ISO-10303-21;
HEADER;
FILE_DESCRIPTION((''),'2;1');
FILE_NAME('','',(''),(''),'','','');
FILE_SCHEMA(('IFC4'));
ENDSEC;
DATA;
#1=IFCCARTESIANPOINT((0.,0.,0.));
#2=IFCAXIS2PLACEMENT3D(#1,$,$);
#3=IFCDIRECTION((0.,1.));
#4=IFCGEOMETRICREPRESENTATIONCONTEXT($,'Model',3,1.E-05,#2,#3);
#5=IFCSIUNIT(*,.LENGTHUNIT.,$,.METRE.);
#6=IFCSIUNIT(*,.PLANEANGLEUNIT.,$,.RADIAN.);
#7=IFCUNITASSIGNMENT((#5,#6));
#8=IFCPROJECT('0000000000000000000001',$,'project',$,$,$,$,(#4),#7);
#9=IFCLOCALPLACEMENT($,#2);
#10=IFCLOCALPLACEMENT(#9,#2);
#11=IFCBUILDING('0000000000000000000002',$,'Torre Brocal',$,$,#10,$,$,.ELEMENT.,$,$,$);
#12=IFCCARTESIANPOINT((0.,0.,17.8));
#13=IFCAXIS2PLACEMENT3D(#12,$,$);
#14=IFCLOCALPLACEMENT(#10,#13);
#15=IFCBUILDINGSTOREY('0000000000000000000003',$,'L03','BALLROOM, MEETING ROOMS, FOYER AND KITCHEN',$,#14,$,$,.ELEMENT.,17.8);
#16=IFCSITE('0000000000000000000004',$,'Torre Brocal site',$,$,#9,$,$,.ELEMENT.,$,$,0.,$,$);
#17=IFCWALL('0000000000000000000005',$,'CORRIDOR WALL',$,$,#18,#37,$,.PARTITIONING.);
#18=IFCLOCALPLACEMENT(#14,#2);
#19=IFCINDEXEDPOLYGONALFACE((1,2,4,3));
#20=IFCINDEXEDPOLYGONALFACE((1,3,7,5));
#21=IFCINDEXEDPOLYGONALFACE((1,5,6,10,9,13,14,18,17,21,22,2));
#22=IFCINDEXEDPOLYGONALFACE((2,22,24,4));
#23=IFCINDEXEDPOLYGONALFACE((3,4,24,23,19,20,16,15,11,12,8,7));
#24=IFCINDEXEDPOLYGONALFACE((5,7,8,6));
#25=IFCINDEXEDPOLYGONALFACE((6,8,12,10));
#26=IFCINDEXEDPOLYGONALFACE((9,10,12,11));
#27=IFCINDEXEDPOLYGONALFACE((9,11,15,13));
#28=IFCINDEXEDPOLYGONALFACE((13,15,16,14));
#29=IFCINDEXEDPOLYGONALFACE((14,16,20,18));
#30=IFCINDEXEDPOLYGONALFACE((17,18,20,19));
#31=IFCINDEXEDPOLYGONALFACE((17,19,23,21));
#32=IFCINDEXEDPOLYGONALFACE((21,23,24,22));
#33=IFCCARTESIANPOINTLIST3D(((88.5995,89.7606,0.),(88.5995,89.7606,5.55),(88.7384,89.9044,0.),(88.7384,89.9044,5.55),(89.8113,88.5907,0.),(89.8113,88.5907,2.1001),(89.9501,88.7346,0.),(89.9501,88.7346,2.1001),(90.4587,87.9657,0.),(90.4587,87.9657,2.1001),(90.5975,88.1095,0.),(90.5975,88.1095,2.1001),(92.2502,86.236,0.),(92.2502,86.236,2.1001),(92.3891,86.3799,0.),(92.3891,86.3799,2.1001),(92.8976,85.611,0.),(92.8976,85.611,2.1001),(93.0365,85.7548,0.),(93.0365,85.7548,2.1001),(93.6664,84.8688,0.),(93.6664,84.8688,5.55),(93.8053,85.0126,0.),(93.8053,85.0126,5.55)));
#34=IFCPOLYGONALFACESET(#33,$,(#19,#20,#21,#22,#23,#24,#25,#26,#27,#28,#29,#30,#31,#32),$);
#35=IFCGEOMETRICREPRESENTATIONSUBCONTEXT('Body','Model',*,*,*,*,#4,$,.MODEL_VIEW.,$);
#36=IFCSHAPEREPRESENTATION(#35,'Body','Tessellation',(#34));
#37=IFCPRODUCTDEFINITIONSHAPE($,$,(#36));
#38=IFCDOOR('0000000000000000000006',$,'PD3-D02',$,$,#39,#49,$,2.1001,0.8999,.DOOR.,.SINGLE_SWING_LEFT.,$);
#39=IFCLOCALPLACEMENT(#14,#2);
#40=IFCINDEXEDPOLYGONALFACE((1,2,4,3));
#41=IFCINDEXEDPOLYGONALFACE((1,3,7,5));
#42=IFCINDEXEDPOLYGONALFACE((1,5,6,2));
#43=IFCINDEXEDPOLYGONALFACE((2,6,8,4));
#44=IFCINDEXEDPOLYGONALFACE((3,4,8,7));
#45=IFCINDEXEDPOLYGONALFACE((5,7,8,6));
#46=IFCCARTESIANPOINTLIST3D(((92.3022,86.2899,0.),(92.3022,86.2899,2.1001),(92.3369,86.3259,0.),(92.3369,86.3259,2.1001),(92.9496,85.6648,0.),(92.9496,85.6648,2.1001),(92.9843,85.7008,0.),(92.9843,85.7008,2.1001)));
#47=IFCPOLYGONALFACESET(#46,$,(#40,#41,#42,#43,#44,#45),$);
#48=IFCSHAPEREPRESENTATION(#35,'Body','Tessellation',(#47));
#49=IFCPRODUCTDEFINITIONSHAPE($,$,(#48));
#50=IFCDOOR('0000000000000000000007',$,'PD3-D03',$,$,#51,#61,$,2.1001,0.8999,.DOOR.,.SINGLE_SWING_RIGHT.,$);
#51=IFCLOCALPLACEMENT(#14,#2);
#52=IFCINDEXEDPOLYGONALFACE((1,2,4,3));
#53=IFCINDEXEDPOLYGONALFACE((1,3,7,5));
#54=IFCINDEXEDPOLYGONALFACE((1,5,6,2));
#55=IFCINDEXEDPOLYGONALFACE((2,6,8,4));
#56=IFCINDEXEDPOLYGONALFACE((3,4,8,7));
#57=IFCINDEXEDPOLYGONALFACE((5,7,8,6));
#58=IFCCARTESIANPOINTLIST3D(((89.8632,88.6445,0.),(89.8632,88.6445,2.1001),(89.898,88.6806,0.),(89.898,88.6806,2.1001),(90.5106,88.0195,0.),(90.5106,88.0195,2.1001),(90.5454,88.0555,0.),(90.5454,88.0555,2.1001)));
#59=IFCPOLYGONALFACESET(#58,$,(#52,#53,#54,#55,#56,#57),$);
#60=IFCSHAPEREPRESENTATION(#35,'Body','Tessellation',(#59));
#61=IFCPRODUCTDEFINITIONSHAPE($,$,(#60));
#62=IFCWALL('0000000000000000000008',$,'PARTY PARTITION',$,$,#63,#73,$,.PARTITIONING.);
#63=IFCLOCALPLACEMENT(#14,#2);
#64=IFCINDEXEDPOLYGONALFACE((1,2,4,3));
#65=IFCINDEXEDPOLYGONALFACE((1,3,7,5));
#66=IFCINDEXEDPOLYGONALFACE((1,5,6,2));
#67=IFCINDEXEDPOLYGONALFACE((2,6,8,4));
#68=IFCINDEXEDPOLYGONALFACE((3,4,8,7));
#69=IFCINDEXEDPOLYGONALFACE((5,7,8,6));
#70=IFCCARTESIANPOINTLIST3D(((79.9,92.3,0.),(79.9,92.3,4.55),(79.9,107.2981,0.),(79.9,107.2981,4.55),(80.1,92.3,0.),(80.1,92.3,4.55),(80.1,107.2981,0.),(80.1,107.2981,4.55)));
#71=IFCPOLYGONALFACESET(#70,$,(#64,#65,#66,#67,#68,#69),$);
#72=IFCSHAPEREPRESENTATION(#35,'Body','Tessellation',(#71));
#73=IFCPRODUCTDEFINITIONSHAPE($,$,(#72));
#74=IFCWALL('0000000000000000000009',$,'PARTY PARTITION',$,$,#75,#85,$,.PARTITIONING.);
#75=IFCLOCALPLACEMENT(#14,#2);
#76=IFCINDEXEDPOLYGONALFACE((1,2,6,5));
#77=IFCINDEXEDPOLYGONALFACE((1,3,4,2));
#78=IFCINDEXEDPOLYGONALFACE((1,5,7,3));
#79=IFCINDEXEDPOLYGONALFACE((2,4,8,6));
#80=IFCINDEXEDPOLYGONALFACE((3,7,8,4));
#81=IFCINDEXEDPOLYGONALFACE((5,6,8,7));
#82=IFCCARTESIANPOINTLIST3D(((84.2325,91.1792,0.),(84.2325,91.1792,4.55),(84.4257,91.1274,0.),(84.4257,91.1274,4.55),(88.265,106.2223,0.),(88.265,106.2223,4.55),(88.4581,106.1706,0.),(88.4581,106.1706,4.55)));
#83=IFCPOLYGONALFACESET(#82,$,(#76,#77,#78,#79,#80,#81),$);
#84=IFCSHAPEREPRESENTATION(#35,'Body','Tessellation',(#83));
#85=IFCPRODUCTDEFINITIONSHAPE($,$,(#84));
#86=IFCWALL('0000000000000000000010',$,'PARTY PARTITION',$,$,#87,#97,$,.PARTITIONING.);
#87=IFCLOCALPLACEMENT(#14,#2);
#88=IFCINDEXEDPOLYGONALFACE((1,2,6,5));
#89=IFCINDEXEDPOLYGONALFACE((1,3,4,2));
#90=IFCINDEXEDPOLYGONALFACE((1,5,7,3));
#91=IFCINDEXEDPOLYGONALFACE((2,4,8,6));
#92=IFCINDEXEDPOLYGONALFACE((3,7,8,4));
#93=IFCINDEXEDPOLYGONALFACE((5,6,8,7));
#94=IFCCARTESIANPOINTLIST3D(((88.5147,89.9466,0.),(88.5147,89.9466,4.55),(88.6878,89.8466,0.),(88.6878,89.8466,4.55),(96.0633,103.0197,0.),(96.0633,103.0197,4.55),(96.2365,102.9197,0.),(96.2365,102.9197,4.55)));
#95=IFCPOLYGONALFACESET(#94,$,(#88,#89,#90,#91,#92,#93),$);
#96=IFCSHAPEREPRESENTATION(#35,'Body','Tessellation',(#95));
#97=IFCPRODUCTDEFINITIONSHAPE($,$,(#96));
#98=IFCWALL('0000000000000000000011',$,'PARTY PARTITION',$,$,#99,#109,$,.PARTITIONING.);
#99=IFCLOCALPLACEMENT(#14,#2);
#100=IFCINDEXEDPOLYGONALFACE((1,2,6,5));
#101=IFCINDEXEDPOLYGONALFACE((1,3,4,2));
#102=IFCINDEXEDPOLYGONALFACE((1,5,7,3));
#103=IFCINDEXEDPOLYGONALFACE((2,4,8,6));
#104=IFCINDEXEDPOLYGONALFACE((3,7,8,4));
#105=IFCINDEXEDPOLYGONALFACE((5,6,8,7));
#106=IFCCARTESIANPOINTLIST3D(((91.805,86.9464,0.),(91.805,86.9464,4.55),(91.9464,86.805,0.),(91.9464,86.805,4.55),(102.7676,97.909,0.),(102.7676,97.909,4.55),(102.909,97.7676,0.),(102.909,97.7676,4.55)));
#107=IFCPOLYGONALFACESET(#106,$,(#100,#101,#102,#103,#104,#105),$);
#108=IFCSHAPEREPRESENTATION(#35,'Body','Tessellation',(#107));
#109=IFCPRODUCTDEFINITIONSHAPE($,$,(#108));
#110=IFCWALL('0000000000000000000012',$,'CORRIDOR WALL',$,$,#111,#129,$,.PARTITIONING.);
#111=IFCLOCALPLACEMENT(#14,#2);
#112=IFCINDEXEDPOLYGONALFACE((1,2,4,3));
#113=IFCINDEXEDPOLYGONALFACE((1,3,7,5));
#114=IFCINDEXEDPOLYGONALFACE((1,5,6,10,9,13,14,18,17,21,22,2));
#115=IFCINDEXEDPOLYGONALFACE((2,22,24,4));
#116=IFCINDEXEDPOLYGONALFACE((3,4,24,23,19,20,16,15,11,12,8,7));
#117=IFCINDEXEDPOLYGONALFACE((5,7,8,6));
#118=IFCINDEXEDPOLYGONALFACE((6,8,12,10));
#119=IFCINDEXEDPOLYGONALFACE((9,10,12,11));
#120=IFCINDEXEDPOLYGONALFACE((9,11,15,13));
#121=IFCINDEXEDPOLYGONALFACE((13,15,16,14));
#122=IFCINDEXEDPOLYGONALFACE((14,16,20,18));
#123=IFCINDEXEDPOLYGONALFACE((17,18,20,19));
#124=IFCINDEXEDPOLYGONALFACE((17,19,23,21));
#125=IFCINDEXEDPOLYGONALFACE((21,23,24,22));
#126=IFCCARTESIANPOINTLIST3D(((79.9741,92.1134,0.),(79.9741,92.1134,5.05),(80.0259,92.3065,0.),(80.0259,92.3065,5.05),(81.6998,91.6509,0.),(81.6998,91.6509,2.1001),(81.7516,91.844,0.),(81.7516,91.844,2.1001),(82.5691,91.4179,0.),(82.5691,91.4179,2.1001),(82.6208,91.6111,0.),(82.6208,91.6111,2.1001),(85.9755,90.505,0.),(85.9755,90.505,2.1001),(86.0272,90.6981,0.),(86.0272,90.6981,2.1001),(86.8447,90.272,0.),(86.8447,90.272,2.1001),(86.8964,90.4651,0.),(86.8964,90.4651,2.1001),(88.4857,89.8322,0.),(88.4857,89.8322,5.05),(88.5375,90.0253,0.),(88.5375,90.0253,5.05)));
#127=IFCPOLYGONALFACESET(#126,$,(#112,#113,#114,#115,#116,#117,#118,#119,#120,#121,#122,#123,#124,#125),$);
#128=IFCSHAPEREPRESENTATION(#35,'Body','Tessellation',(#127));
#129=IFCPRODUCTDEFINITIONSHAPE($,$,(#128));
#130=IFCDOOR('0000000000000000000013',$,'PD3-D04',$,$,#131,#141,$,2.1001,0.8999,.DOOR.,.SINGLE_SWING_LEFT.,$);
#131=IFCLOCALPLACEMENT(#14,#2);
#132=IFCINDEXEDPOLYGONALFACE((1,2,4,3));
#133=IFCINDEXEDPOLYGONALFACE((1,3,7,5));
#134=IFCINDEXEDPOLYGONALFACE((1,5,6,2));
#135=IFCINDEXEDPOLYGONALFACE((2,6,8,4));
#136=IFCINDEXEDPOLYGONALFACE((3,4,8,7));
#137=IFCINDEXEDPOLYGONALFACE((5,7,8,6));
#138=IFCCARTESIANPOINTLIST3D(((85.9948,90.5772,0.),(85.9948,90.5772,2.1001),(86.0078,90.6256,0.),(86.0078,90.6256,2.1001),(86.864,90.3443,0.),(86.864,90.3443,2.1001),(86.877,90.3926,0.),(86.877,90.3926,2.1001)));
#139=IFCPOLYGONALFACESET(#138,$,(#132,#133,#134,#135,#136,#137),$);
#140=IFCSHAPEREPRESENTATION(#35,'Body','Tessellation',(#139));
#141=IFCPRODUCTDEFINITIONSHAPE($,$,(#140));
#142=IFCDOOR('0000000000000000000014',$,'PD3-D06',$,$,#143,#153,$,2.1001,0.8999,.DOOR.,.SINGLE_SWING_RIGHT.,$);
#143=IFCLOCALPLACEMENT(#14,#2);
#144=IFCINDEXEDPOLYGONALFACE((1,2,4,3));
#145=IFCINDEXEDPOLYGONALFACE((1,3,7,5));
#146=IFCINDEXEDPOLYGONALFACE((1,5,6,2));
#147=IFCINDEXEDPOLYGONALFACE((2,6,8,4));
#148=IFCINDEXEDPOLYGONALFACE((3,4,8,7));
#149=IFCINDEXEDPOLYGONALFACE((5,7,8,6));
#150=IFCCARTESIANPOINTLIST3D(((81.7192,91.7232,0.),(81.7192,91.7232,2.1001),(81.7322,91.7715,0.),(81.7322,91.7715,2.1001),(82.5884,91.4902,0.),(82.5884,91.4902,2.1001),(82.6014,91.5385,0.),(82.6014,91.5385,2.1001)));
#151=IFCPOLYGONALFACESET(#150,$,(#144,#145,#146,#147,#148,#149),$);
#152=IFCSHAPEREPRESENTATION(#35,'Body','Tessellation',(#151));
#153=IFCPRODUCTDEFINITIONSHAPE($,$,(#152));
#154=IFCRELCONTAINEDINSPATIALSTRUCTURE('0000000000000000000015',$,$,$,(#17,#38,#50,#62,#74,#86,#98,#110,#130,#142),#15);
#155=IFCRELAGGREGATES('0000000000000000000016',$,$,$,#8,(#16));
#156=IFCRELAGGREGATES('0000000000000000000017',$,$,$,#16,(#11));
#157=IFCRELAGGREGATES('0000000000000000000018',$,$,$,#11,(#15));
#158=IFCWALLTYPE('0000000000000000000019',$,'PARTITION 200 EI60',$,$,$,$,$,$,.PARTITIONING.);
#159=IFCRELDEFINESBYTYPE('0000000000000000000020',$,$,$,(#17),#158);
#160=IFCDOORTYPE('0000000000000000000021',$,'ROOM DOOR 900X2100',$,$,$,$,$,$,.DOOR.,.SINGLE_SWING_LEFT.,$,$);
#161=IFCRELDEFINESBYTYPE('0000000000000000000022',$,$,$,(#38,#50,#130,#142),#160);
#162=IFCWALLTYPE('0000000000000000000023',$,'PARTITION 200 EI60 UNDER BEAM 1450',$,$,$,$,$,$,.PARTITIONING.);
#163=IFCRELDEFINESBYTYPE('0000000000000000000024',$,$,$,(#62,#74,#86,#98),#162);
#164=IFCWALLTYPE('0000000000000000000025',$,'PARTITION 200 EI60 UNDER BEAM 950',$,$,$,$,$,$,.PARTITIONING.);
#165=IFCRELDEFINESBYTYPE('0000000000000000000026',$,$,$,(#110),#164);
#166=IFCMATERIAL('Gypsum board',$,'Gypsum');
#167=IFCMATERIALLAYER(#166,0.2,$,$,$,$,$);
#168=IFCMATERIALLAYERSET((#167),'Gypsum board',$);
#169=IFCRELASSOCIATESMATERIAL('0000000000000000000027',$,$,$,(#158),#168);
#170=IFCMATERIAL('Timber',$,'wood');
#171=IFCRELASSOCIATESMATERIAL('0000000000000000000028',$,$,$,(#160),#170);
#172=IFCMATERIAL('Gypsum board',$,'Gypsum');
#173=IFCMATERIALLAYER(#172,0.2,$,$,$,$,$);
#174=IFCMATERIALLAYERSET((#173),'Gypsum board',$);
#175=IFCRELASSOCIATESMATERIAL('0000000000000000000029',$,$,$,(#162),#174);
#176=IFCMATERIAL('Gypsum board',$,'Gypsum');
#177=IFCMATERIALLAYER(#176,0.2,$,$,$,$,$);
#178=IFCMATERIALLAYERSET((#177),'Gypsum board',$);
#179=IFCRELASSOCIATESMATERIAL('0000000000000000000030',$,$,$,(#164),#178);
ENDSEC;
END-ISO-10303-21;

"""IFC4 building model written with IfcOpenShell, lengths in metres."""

from ifc_helpers import new_model, si_unit, direction, frame, frame_2d, origin, place, context, subcontext, project, spatial, rectangle, extrude, material, layer, layer_set, type_object, element, fill, save


model = new_model("IFC4")

# Units and contexts
model_context = context("Model", 3, precision=1e-05, world=origin(), true_north=direction((0.0, 1.0)))
body_context = subcontext(model_context, "Body", "Model", "MODEL_VIEW")
ifc_project = project(units=[si_unit("LENGTHUNIT", "METRE"), si_unit("PLANEANGLEUNIT", "RADIAN")], contexts=[model_context])

# Site, building, storey
site_placement = place(None, origin())
site = spatial("IfcSite", under=ifc_project, at=site_placement, Name="Torre Brocal site", CompositionType="ELEMENT", RefElevation=0.0)
building_placement = place(site_placement, origin())
building = spatial("IfcBuilding", under=site, at=building_placement, Name="Torre Brocal", CompositionType="ELEMENT")
storey_placement = place(building_placement, frame((0.0, 0.0, 17.8)))
storey = spatial("IfcBuildingStorey", under=building, at=storey_placement, Name="L03", Description="BALLROOM, MEETING ROOMS, FOYER AND KITCHEN", CompositionType="ELEMENT", Elevation=17.8)

# Shared definitions
ifc_material_1 = material(Name="Gypsum board", Category="Gypsum")
ifc_layer_1 = layer(ifc_material_1, 0.2)
ifc_layer_set_1 = layer_set([ifc_layer_1], Name="Gypsum board")
wall_type_1 = type_object("IfcWallType", Name="PARTITION 200 EI60", PredefinedType="PARTITIONING", material=ifc_layer_set_1)

# Shared definitions
ifc_material_2 = material(Name="Timber", Category="wood")
door_type_1 = type_object("IfcDoorType", Name="ROOM DOOR 900X2100", OperationType="SINGLE_SWING_LEFT", PredefinedType="DOOR", material=ifc_material_2)

# Wall, openings, doors
wall_1_placement = place(storey_placement, frame((88.6689, 89.8325, 0.0), z_axis=(0.0, 0.0, 1.0), x_axis=(0.719425, -0.69457, 0.0)))
wall_1 = element("IfcWall", 1, at=wall_1_placement, inside=storey, type_object=wall_type_1, Name="CORRIDOR WALL", PredefinedType="PARTITIONING", context=body_context, shape_type="SweptSolid", body=[
    extrude(rectangle(XDim=7.043, YDim=0.2, at=frame_2d((3.5215, 0.0))), origin(), (0.0, 0.0, 1.0), 5.55),
])
opening_1_placement = place(wall_1_placement, frame((5.0745, 0.0, 0.0)))
opening_1 = element("IfcOpeningElement", 2, at=opening_1_placement, cuts=wall_1, PredefinedType="OPENING", context=body_context, shape_type="SweptSolid", body=[
    extrude(rectangle(XDim=0.8999, YDim=2.1001, at=frame_2d((0.45, 1.05))), frame((0.0, 0.1099, 0.0), z_axis=(0.0, -1.0, 0.0), x_axis=(1.0, 0.0, 0.0)), (0.0, 0.0, 1.0), 0.22),
])
opening_2_placement = place(wall_1_placement, frame((1.6843, 0.0, 0.0)))
opening_2 = element("IfcOpeningElement", 3, at=opening_2_placement, cuts=wall_1, PredefinedType="OPENING", context=body_context, shape_type="SweptSolid", body=[
    extrude(rectangle(XDim=0.8999, YDim=2.1001, at=frame_2d((0.45, 1.05))), frame((0.0, 0.1099, 0.0), z_axis=(0.0, -1.0, 0.0), x_axis=(1.0, 0.0, 0.0)), (0.0, 0.0, 1.0), 0.22),
])
door_1_placement = place(opening_1_placement, origin())
door_1 = element("IfcDoor", 4, at=door_1_placement, inside=storey, type_object=door_type_1, Name="PD3-D02", OperationType="SINGLE_SWING_LEFT", OverallHeight=2.1001, OverallWidth=0.8999, PredefinedType="DOOR", context=body_context, shape_type="SweptSolid", body=[
    extrude(rectangle(XDim=0.8999, YDim=2.1001, at=frame_2d((0.45, 1.05))), frame((0.0, 0.0249, 0.0), z_axis=(0.0, -1.0, 0.0), x_axis=(1.0, 0.0, 0.0)), (0.0, 0.0, 1.0), 0.05),
])
fill(opening_1, door_1)
door_2_placement = place(opening_2_placement, origin())
door_2 = element("IfcDoor", 5, at=door_2_placement, inside=storey, type_object=door_type_1, Name="PD3-D03", OperationType="SINGLE_SWING_RIGHT", OverallHeight=2.1001, OverallWidth=0.8999, PredefinedType="DOOR", context=body_context, shape_type="SweptSolid", body=[
    extrude(rectangle(XDim=0.8999, YDim=2.1001, at=frame_2d((0.45, 1.05))), frame((0.0, 0.0249, 0.0), z_axis=(0.0, -1.0, 0.0), x_axis=(1.0, 0.0, 0.0)), (0.0, 0.0, 1.0), 0.05),
])
fill(opening_2, door_2)

# Walls
ifc_material_3 = material(Name="Gypsum board", Category="Gypsum")
ifc_layer_2 = layer(ifc_material_3, 0.2)
ifc_layer_set_2 = layer_set([ifc_layer_2], Name="Gypsum board")
wall_type_2 = type_object("IfcWallType", Name="PARTITION 200 EI60 UNDER BEAM 1450", PredefinedType="PARTITIONING", material=ifc_layer_set_2)
wall_2_placement = place(storey_placement, frame((80.0, 92.3, 0.0), z_axis=(0.0, 0.0, 1.0), x_axis=(0.0, 1.0, 0.0)))
element("IfcWall", 6, at=wall_2_placement, inside=storey, type_object=wall_type_2, Name="PARTY PARTITION", PredefinedType="PARTITIONING", context=body_context, shape_type="SweptSolid", body=[
    extrude(rectangle(XDim=14.998, YDim=0.2, at=frame_2d((7.499, 0.0))), origin(), (0.0, 0.0, 1.0), 4.55),
])
wall_3_placement = place(storey_placement, frame((84.3291, 91.1533, 0.0), z_axis=(0.0, 0.0, 1.0), x_axis=(0.258918, 0.965899, 0.0)))
element("IfcWall", 7, at=wall_3_placement, inside=storey, type_object=wall_type_2, Name="PARTY PARTITION", PredefinedType="PARTITIONING", context=body_context, shape_type="SweptSolid", body=[
    extrude(rectangle(XDim=15.5742, YDim=0.2, at=frame_2d((7.7871, 0.0))), origin(), (0.0, 0.0, 1.0), 4.55),
])
wall_4_placement = place(storey_placement, frame((88.6013, 89.8967, 0.0), z_axis=(0.0, 0.0, 1.0), x_axis=(0.500044, 0.866, 0.0)))
element("IfcWall", 8, at=wall_4_placement, inside=storey, type_object=wall_type_2, Name="PARTY PARTITION", PredefinedType="PARTITIONING", context=body_context, shape_type="SweptSolid", body=[
    extrude(rectangle(XDim=15.0959, YDim=0.2, at=frame_2d((7.5479, 0.0))), origin(), (0.0, 0.0, 1.0), 4.55),
])
wall_5_placement = place(storey_placement, frame((91.8757, 86.8757, 0.0), z_axis=(0.0, 0.0, 1.0), x_axis=(0.707107, 0.707107, 0.0)))
element("IfcWall", 9, at=wall_5_placement, inside=storey, type_object=wall_type_2, Name="PARTY PARTITION", PredefinedType="PARTITIONING", context=body_context, shape_type="SweptSolid", body=[
    extrude(rectangle(XDim=15.5034, YDim=0.2, at=frame_2d((7.7517, 0.0))), origin(), (0.0, 0.0, 1.0), 4.55),
])

# Wall, openings, doors
ifc_material_4 = material(Name="Gypsum board", Category="Gypsum")
ifc_layer_3 = layer(ifc_material_4, 0.2)
ifc_layer_set_3 = layer_set([ifc_layer_3], Name="Gypsum board")
wall_type_3 = type_object("IfcWallType", Name="PARTITION 200 EI60 UNDER BEAM 950", PredefinedType="PARTITIONING", material=ifc_layer_set_3)
wall_6_placement = place(storey_placement, frame((80.0, 92.21, 0.0), z_axis=(0.0, 0.0, 1.0), x_axis=(0.96591, -0.258876, 0.0)))
wall_6 = element("IfcWall", 10, at=wall_6_placement, inside=storey, type_object=wall_type_3, Name="CORRIDOR WALL", PredefinedType="PARTITIONING", context=body_context, shape_type="SweptSolid", body=[
    extrude(rectangle(XDim=8.812, YDim=0.2, at=frame_2d((4.406, 0.0))), origin(), (0.0, 0.0, 1.0), 5.05),
])
opening_3_placement = place(wall_6_placement, frame((6.2131, 0.0, 0.0)))
opening_3 = element("IfcOpeningElement", 11, at=opening_3_placement, cuts=wall_6, PredefinedType="OPENING", context=body_context, shape_type="SweptSolid", body=[
    extrude(rectangle(XDim=0.8999, YDim=2.1001, at=frame_2d((0.45, 1.05))), frame((0.0, 0.1099, 0.0), z_axis=(0.0, -1.0, 0.0), x_axis=(1.0, 0.0, 0.0)), (0.0, 0.0, 1.0), 0.22),
])
opening_4_placement = place(wall_6_placement, frame((1.7866, 0.0, 0.0)))
opening_4 = element("IfcOpeningElement", 12, at=opening_4_placement, cuts=wall_6, PredefinedType="OPENING", context=body_context, shape_type="SweptSolid", body=[
    extrude(rectangle(XDim=0.8999, YDim=2.1001, at=frame_2d((0.45, 1.05))), frame((0.0, 0.1099, 0.0), z_axis=(0.0, -1.0, 0.0), x_axis=(1.0, 0.0, 0.0)), (0.0, 0.0, 1.0), 0.22),
])
door_3_placement = place(opening_3_placement, origin())
door_3 = element("IfcDoor", 13, at=door_3_placement, inside=storey, type_object=door_type_1, Name="PD3-D04", OperationType="SINGLE_SWING_LEFT", OverallHeight=2.1001, OverallWidth=0.8999, PredefinedType="DOOR", context=body_context, shape_type="SweptSolid", body=[
    extrude(rectangle(XDim=0.8999, YDim=2.1001, at=frame_2d((0.45, 1.05))), frame((0.0, 0.0249, 0.0), z_axis=(0.0, -1.0, 0.0), x_axis=(1.0, 0.0, 0.0)), (0.0, 0.0, 1.0), 0.05),
])
fill(opening_3, door_3)
door_4_placement = place(opening_4_placement, origin())
door_4 = element("IfcDoor", 14, at=door_4_placement, inside=storey, type_object=door_type_1, Name="PD3-D06", OperationType="SINGLE_SWING_RIGHT", OverallHeight=2.1001, OverallWidth=0.8999, PredefinedType="DOOR", context=body_context, shape_type="SweptSolid", body=[
    extrude(rectangle(XDim=0.8999, YDim=2.1001, at=frame_2d((0.45, 1.05))), frame((0.0, 0.0249, 0.0), z_axis=(0.0, -1.0, 0.0), x_axis=(1.0, 0.0, 0.0)), (0.0, 0.0, 1.0), 0.05),
])
fill(opening_4, door_4)

save(model, "model.ifc")
